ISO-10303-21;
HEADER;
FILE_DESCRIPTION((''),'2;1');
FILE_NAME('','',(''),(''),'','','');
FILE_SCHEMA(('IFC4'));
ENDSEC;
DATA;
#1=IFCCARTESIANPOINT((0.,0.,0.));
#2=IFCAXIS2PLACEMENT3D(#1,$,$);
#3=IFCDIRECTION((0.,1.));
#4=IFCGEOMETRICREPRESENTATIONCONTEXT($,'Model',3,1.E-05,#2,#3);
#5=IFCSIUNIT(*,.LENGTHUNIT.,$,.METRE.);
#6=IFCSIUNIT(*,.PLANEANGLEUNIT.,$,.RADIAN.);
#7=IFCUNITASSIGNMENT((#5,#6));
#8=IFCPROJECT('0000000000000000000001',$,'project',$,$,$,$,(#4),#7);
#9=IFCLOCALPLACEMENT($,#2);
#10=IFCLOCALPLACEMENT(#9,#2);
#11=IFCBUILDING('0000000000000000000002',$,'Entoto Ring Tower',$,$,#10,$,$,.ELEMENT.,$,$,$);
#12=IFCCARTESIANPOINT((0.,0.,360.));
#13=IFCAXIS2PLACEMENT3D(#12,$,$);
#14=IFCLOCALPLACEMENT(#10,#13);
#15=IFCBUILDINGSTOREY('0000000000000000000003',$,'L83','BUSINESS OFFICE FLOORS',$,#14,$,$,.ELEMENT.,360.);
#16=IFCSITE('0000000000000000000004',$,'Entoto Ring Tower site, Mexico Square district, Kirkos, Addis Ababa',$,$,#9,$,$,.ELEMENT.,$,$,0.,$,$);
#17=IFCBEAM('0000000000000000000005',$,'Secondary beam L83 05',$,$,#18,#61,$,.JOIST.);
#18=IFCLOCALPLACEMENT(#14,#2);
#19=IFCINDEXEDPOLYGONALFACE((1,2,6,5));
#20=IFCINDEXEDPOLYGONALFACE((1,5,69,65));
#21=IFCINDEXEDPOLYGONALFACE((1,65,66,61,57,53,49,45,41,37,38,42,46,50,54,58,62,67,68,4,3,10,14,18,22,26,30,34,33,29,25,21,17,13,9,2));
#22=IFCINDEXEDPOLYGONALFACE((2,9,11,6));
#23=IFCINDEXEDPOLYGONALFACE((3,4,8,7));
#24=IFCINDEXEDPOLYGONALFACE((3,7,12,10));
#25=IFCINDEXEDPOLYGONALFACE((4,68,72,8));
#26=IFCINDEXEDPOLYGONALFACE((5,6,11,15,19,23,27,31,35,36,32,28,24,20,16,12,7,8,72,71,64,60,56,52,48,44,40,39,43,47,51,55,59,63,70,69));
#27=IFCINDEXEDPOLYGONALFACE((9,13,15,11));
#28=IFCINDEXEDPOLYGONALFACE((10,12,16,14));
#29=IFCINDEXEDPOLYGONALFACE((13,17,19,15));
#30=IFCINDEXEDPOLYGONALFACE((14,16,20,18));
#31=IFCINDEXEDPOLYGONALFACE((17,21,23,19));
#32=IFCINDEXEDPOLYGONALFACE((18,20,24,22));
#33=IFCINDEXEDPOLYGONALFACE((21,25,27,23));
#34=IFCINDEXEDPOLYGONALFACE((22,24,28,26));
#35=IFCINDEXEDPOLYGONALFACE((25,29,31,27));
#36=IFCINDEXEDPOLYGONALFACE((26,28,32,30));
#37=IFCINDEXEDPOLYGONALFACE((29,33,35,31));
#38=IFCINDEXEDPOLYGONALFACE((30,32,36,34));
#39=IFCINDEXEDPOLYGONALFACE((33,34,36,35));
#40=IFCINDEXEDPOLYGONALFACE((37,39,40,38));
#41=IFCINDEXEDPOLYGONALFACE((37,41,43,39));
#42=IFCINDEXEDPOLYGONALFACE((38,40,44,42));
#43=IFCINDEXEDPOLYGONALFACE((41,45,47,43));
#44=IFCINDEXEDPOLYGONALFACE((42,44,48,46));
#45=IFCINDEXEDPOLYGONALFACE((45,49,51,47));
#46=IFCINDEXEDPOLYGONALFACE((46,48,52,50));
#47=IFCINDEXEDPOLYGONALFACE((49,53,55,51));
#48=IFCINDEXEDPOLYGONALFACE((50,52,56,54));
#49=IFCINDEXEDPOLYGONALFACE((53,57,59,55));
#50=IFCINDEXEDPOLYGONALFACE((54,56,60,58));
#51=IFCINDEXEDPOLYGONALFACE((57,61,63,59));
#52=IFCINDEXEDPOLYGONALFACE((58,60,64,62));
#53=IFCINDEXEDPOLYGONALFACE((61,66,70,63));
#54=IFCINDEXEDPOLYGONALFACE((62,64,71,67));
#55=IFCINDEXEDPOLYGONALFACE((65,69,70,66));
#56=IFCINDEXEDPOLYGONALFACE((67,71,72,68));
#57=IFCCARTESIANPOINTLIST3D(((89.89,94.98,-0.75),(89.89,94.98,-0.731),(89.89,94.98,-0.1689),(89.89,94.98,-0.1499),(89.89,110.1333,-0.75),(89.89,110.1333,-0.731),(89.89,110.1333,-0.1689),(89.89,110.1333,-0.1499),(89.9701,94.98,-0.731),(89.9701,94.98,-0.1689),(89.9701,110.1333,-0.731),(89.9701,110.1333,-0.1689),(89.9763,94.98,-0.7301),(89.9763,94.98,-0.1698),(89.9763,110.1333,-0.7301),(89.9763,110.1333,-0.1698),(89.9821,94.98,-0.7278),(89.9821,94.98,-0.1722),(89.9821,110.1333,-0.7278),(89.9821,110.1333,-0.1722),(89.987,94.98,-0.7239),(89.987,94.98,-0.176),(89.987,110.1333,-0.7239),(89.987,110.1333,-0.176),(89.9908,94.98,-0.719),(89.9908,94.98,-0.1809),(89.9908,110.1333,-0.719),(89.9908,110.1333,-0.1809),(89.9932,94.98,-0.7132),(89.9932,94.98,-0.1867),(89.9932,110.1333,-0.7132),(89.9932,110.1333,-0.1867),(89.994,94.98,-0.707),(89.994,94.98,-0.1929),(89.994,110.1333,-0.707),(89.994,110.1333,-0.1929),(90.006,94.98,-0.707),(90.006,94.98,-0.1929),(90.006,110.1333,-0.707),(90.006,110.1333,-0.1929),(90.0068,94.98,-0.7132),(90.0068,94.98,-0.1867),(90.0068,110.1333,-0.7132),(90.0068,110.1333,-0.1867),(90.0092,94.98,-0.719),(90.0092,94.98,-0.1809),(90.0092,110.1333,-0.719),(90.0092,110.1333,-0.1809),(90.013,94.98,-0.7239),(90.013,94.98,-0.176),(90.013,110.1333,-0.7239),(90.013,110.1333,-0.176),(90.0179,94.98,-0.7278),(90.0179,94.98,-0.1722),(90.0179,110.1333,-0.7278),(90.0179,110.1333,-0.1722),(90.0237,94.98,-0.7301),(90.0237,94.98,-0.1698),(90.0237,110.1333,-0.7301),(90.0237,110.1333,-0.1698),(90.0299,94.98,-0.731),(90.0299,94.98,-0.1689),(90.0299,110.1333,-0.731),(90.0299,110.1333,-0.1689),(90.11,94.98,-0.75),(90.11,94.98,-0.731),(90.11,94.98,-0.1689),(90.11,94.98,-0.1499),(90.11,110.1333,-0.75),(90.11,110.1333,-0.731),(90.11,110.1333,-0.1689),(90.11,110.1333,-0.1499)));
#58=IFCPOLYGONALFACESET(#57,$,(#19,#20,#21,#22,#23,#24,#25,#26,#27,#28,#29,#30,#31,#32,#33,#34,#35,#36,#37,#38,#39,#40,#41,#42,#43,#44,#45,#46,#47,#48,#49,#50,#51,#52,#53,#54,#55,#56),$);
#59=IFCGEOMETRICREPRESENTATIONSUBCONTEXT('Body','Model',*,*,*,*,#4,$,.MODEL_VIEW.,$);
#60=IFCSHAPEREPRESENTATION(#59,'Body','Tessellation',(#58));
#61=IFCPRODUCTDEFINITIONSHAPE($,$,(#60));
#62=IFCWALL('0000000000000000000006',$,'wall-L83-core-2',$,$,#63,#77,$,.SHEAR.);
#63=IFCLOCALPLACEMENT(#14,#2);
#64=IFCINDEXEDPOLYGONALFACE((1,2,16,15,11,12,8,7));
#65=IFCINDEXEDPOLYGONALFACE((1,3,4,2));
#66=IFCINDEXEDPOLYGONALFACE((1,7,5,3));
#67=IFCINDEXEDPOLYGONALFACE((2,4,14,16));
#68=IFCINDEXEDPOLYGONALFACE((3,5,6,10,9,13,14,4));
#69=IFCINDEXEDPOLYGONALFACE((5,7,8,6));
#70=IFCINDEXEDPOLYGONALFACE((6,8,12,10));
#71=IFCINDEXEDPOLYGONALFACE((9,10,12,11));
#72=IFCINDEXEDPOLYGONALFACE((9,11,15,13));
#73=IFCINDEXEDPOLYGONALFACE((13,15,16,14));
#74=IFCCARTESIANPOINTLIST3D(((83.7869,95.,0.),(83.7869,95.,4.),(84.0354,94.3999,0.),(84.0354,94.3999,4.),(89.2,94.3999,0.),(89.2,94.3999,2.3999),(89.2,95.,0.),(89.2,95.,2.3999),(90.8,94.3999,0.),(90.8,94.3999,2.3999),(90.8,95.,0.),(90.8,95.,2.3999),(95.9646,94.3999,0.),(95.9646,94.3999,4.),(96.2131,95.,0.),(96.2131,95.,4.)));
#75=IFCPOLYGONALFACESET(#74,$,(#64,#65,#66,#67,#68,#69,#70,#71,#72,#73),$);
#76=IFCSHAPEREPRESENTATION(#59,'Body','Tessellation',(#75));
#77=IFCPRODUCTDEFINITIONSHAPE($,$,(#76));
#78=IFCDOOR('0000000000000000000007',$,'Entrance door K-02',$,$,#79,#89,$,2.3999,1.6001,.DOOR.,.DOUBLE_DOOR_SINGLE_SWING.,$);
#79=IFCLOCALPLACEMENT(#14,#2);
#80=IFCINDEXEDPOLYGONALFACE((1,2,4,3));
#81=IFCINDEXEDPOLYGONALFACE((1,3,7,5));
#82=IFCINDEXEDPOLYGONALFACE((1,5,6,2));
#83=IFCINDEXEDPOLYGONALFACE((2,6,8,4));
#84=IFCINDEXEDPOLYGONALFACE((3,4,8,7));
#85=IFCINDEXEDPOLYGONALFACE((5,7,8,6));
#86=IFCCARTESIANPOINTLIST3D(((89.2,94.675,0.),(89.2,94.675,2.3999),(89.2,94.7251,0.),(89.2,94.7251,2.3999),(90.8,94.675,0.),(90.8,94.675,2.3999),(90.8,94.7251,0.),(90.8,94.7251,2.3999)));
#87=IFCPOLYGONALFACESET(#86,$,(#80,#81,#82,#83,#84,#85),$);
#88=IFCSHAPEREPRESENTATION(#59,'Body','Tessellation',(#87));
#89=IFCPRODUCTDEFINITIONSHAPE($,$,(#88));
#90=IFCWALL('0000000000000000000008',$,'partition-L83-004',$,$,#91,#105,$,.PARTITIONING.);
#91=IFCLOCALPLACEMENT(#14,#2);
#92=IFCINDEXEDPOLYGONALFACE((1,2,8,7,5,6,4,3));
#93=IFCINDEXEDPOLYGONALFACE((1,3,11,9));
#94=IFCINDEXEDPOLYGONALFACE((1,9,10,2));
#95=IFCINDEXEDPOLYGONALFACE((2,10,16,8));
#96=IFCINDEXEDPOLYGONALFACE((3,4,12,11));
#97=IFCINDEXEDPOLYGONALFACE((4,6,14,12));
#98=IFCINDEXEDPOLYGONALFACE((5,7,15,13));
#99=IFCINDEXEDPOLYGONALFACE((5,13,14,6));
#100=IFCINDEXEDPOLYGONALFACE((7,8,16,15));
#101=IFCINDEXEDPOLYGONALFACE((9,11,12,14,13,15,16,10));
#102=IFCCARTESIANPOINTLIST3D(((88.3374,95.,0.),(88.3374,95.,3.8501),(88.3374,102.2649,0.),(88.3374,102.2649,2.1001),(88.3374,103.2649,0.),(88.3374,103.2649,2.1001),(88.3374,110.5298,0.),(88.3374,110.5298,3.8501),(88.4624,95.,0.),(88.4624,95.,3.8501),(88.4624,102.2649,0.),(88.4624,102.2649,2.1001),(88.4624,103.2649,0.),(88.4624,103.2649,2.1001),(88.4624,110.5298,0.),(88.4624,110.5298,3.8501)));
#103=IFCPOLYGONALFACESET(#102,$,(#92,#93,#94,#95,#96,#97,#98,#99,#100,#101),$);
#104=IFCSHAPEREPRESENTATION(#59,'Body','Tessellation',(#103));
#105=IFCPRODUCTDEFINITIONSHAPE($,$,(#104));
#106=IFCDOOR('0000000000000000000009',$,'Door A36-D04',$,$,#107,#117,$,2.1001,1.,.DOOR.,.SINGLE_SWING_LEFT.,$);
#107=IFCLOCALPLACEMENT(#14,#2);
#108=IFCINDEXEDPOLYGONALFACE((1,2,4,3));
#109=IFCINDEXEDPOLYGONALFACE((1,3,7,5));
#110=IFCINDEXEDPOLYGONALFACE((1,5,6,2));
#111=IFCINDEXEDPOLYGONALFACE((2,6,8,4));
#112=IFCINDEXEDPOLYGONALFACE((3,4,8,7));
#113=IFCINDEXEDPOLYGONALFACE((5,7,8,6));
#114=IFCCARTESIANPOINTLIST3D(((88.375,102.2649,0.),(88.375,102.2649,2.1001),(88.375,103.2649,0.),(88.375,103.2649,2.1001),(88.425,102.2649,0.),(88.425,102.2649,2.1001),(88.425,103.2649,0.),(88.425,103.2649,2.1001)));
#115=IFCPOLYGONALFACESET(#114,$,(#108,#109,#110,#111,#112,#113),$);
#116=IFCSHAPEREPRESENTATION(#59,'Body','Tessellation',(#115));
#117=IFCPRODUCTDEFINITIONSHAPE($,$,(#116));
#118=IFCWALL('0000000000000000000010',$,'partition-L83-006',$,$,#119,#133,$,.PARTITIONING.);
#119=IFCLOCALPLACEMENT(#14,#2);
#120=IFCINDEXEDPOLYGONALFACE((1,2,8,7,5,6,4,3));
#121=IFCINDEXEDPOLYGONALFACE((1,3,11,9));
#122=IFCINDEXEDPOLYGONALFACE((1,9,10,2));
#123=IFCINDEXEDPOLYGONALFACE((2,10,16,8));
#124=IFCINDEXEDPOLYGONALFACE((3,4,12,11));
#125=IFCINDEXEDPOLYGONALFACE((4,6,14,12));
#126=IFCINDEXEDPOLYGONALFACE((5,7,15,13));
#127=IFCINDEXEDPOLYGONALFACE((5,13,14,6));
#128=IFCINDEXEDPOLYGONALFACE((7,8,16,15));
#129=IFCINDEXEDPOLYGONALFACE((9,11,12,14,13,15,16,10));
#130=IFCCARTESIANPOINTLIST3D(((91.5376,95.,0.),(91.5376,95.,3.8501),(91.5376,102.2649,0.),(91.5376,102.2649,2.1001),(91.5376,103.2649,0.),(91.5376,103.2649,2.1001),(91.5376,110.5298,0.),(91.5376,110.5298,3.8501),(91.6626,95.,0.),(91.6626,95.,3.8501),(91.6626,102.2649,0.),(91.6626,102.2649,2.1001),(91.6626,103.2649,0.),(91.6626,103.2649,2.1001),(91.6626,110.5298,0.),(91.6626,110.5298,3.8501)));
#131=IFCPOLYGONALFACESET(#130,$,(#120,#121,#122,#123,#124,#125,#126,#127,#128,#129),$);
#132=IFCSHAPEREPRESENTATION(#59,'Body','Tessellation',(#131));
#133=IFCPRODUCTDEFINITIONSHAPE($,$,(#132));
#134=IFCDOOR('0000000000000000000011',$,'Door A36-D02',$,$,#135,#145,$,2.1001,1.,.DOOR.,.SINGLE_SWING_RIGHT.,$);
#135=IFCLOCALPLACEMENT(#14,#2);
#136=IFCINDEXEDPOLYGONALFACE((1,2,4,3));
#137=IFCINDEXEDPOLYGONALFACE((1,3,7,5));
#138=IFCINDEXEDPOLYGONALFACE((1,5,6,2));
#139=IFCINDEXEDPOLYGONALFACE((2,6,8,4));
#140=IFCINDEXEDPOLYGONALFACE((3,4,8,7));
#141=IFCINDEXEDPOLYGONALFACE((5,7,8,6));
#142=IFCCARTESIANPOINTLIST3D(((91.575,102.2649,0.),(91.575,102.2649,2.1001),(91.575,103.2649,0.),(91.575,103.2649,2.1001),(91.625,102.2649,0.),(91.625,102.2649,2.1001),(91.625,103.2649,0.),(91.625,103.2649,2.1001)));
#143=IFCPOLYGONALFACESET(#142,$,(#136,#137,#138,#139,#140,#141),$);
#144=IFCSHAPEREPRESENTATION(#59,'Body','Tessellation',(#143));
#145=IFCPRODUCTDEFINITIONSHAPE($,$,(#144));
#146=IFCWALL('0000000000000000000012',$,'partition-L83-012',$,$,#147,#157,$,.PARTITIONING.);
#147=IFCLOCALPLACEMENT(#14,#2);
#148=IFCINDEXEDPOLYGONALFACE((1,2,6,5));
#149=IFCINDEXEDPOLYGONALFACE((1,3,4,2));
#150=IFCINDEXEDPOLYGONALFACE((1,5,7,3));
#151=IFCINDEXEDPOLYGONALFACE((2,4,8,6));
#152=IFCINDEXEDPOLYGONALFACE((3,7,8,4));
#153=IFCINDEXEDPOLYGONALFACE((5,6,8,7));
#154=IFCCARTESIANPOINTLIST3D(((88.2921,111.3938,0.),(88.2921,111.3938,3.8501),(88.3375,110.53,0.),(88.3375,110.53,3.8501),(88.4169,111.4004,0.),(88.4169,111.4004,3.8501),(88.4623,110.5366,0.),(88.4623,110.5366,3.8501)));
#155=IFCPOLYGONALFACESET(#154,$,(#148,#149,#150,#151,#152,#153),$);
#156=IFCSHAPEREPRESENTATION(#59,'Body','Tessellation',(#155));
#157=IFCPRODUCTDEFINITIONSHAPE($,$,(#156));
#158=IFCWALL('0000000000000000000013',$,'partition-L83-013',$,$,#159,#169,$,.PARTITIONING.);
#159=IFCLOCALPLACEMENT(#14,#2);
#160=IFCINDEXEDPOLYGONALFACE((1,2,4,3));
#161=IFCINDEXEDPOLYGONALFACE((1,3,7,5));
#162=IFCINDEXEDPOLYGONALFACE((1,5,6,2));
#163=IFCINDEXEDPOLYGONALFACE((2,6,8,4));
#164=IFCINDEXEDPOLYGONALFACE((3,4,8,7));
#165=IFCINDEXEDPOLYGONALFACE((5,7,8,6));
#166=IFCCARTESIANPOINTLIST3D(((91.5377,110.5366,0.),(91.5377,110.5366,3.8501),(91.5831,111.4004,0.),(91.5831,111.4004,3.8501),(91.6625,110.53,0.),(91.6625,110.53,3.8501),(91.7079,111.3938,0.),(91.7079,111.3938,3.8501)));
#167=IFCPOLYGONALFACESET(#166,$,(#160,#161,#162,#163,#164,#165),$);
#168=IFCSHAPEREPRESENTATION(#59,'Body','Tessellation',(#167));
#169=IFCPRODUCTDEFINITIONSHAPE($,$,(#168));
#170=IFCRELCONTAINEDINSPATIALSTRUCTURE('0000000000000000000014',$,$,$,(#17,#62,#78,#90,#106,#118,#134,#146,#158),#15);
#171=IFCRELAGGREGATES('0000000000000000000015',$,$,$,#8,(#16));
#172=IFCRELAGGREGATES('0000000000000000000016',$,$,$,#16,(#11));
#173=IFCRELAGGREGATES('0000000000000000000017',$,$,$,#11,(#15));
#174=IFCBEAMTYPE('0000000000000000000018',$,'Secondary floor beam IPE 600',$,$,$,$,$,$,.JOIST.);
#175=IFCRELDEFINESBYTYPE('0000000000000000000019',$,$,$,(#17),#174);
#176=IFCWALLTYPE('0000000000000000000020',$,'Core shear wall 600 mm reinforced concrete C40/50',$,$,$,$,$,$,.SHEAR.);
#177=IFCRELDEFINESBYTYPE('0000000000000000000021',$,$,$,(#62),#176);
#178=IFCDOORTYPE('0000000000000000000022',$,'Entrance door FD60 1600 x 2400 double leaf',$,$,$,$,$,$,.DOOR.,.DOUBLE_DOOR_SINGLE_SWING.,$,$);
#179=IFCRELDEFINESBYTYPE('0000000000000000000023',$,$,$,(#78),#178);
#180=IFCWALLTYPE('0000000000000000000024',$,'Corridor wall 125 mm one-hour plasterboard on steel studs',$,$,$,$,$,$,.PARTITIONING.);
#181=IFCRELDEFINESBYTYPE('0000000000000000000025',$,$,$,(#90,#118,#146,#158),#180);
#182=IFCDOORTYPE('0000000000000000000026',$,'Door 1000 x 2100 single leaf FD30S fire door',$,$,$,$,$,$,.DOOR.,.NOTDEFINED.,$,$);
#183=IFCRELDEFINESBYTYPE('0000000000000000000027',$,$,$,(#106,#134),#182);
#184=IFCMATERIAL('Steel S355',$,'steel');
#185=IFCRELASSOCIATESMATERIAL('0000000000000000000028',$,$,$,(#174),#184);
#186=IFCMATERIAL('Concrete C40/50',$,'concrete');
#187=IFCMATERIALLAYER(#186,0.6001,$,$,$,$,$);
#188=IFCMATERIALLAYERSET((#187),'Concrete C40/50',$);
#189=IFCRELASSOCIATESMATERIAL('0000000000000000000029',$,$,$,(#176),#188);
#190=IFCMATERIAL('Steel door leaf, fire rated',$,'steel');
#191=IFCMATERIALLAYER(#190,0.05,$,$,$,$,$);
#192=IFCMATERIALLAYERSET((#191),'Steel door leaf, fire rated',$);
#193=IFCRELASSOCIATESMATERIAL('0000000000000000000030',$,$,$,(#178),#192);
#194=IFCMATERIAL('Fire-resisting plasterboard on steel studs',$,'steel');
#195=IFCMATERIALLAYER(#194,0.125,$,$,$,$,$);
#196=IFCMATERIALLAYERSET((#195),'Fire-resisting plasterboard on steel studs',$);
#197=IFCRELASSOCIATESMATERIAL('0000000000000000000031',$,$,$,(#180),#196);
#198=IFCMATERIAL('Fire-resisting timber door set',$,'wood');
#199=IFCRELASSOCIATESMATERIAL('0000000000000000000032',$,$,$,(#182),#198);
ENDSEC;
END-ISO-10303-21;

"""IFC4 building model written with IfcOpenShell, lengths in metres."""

from ifc_helpers import new_model, si_unit, direction, frame, frame_2d, origin, origin_2d, place, context, subcontext, project, spatial, polyline, rectangle, i_section, outline, extrude, material, layer, layer_set, material_profile, profile_set, type_object, element, fill, save


model = new_model("IFC4")

# Units and contexts
model_context = context("Model", 3, precision=1e-05, world=origin(), true_north=direction((0.0, 1.0)))
body_context = subcontext(model_context, "Body", "Model", "MODEL_VIEW")
ifc_project = project(units=[si_unit("LENGTHUNIT", "METRE"), si_unit("PLANEANGLEUNIT", "RADIAN")], contexts=[model_context])

# Site, building, storey
site_placement = place(None, origin())
site = spatial("IfcSite", under=ifc_project, at=site_placement, Name="Entoto Ring Tower site, Mexico Square district, Kirkos, Addis Ababa", CompositionType="ELEMENT", RefElevation=0.0)
building_placement = place(site_placement, origin())
building = spatial("IfcBuilding", under=site, at=building_placement, Name="Entoto Ring Tower", CompositionType="ELEMENT")
storey_placement = place(building_placement, frame((0.0, 0.0, 360.0)))
storey = spatial("IfcBuildingStorey", under=building, at=storey_placement, Name="L83", Description="BUSINESS OFFICE FLOORS", CompositionType="ELEMENT", Elevation=360.0)

# Beam
ifc_material_1 = material(Name="Steel S355", Category="steel")
ifc_material_profile_1 = material_profile(ifc_material_1, i_section(OverallWidth=0.22, OverallDepth=0.6001, WebThickness=0.012, FlangeThickness=0.019, FilletRadius=0.0239, at=origin_2d()), Name="IPE 600")
ifc_profile_set_1 = profile_set([ifc_material_profile_1], Name="Steel S355")
beam_type_1 = type_object("IfcBeamType", Name="Secondary floor beam IPE 600", PredefinedType="JOIST", material=ifc_profile_set_1)
beam_1_placement = place(storey_placement, frame((90.0, 94.98, -0.45), z_axis=(0.0, 1.0, 0.0), x_axis=(-1.0, 0.0, 0.0)))
element("IfcBeam", 1, at=beam_1_placement, inside=storey, type_object=beam_type_1, Name="Secondary beam L83 05", PredefinedType="JOIST", context=body_context, shape_type="SweptSolid", body=[
    extrude(i_section(OverallWidth=0.22, OverallDepth=0.6001, WebThickness=0.012, FlangeThickness=0.019, FilletRadius=0.0239, at=origin_2d()), origin(), (0.0, 0.0, 1.0), 15.1533),
])

# Walls, openings, doors
ifc_material_2 = material(Name="Concrete C40/50", Category="concrete")
ifc_layer_1 = layer(ifc_material_2, 0.6001)
ifc_layer_set_1 = layer_set([ifc_layer_1], Name="Concrete C40/50")
wall_type_1 = type_object("IfcWallType", Name="Core shear wall 600 mm reinforced concrete C40/50", PredefinedType="SHEAR", material=ifc_layer_set_1)
wall_1_placement = place(storey_placement, frame((96.0889, 94.7, 0.0), z_axis=(0.0, 0.0, 1.0), x_axis=(-1.0, 0.0, 0.0)))
wall_1 = element("IfcWall", 2, at=wall_1_placement, inside=storey, type_object=wall_type_1, Name="wall-L83-core-2", PredefinedType="SHEAR", context=body_context, shape_type="SweptSolid", body=[
    extrude(outline(polyline([(-0.1243, -0.3), (12.302, -0.3), (12.0535, 0.3), (0.1243, 0.3), (-0.1243, -0.3)])), origin(), (0.0, 0.0, 1.0), 4.0),
])
opening_1_placement = place(wall_1_placement, frame((5.2888, 0.0, 0.0)))
opening_1 = element("IfcOpeningElement", 3, at=opening_1_placement, cuts=wall_1, PredefinedType="OPENING", context=body_context, shape_type="SweptSolid", body=[
    extrude(rectangle(XDim=1.6001, YDim=2.3999, at=frame_2d((0.8, 1.2))), frame((0.0, 0.3101, 0.0), z_axis=(0.0, -1.0, 0.0), x_axis=(1.0, 0.0, 0.0)), (0.0, 0.0, 1.0), 0.6201),
])
ifc_material_3 = material(Name="Steel door leaf, fire rated", Category="steel")
ifc_layer_2 = layer(ifc_material_3, 0.05)
ifc_layer_set_2 = layer_set([ifc_layer_2], Name="Steel door leaf, fire rated")
door_type_1 = type_object("IfcDoorType", Name="Entrance door FD60 1600 x 2400 double leaf", OperationType="DOUBLE_DOOR_SINGLE_SWING", PredefinedType="DOOR", material=ifc_layer_set_2)
door_1_placement = place(opening_1_placement, origin())
door_1 = element("IfcDoor", 4, at=door_1_placement, inside=storey, type_object=door_type_1, Name="Entrance door K-02", OperationType="DOUBLE_DOOR_SINGLE_SWING", OverallHeight=2.3999, OverallWidth=1.6001, PredefinedType="DOOR", context=body_context, shape_type="SweptSolid", body=[
    extrude(rectangle(XDim=1.6001, YDim=2.3999, at=frame_2d((0.8, 1.2))), frame((0.0, 0.0249, 0.0), z_axis=(0.0, -1.0, 0.0), x_axis=(1.0, 0.0, 0.0)), (0.0, 0.0, 1.0), 0.05),
])
fill(opening_1, door_1)
ifc_material_4 = material(Name="Fire-resisting plasterboard on steel studs", Category="steel")
ifc_layer_3 = layer(ifc_material_4, 0.125)
ifc_layer_set_3 = layer_set([ifc_layer_3], Name="Fire-resisting plasterboard on steel studs")
wall_type_2 = type_object("IfcWallType", Name="Corridor wall 125 mm one-hour plasterboard on steel studs", PredefinedType="PARTITIONING", material=ifc_layer_set_3)
wall_2_placement = place(storey_placement, frame((88.3999, 95.0, 0.0), z_axis=(0.0, 0.0, 1.0), x_axis=(0.0, 1.0, 0.0)))
wall_2 = element("IfcWall", 5, at=wall_2_placement, inside=storey, type_object=wall_type_2, Name="partition-L83-004", PredefinedType="PARTITIONING", context=body_context, shape_type="SweptSolid", body=[
    extrude(rectangle(XDim=15.5298, YDim=0.125, at=frame_2d((7.7649, 0.0))), origin(), (0.0, 0.0, 1.0), 3.8501),
])
opening_2_placement = place(wall_2_placement, frame((7.2649, 0.0, 0.0)))
opening_2 = element("IfcOpeningElement", 6, at=opening_2_placement, cuts=wall_2, PredefinedType="OPENING", context=body_context, shape_type="SweptSolid", body=[
    extrude(rectangle(XDim=1.0, YDim=2.1001, at=frame_2d((0.5, 1.05))), frame((0.0, 0.0725, 0.0), z_axis=(0.0, -1.0, 0.0), x_axis=(1.0, 0.0, 0.0)), (0.0, 0.0, 1.0), 0.145),
])
ifc_material_5 = material(Name="Fire-resisting timber door set", Category="wood")
door_type_2 = type_object("IfcDoorType", Name="Door 1000 x 2100 single leaf FD30S fire door", OperationType="NOTDEFINED", PredefinedType="DOOR", material=ifc_material_5)
door_2_placement = place(opening_2_placement, origin())
door_2 = element("IfcDoor", 7, at=door_2_placement, inside=storey, type_object=door_type_2, Name="Door A36-D04", OperationType="SINGLE_SWING_LEFT", OverallHeight=2.1001, OverallWidth=1.0, PredefinedType="DOOR", context=body_context, shape_type="SweptSolid", body=[
    extrude(rectangle(XDim=1.0, YDim=2.1001, at=frame_2d((0.5, 1.05))), frame((0.0, 0.0249, 0.0), z_axis=(0.0, -1.0, 0.0), x_axis=(1.0, 0.0, 0.0)), (0.0, 0.0, 1.0), 0.05),
])
fill(opening_2, door_2)
wall_3_placement = place(storey_placement, frame((91.6001, 95.0, 0.0), z_axis=(0.0, 0.0, 1.0), x_axis=(0.0, 1.0, 0.0)))
wall_3 = element("IfcWall", 8, at=wall_3_placement, inside=storey, type_object=wall_type_2, Name="partition-L83-006", PredefinedType="PARTITIONING", context=body_context, shape_type="SweptSolid", body=[
    extrude(rectangle(XDim=15.5298, YDim=0.125, at=frame_2d((7.7649, 0.0))), origin(), (0.0, 0.0, 1.0), 3.8501),
])
opening_3_placement = place(wall_3_placement, frame((7.2649, 0.0, 0.0)))
opening_3 = element("IfcOpeningElement", 9, at=opening_3_placement, cuts=wall_3, PredefinedType="OPENING", context=body_context, shape_type="SweptSolid", body=[
    extrude(rectangle(XDim=1.0, YDim=2.1001, at=frame_2d((0.5, 1.05))), frame((0.0, 0.0725, 0.0), z_axis=(0.0, -1.0, 0.0), x_axis=(1.0, 0.0, 0.0)), (0.0, 0.0, 1.0), 0.145),
])
door_3_placement = place(opening_3_placement, frame((1.0, 0.0, 0.0), z_axis=(0.0, 0.0, 1.0), x_axis=(-1.0, 0.0, 0.0)))
door_3 = element("IfcDoor", 10, at=door_3_placement, inside=storey, type_object=door_type_2, Name="Door A36-D02", OperationType="SINGLE_SWING_RIGHT", OverallHeight=2.1001, OverallWidth=1.0, PredefinedType="DOOR", context=body_context, shape_type="SweptSolid", body=[
    extrude(rectangle(XDim=1.0, YDim=2.1001, at=frame_2d((0.5, 1.05))), frame((0.0, 0.0249, 0.0), z_axis=(0.0, -1.0, 0.0), x_axis=(1.0, 0.0, 0.0)), (0.0, 0.0, 1.0), 0.05),
])
fill(opening_3, door_3)

# Walls
for number, where, z_axis, x_axis, name in (
    (11, (88.3999, 110.5332, 0.0), (0.0, 0.0, 1.0), (-0.0525, 0.998621, 0.0), "partition-L83-012"),
    (12, (91.6001, 110.5332, 0.0), (0.0, 0.0, 1.0), (0.0525, 0.998621, 0.0), "partition-L83-013"),
):
    element("IfcWall", number, at=place(storey_placement, frame(where, z_axis=z_axis, x_axis=x_axis)), inside=storey, type_object=wall_type_2, Name=name, PredefinedType="PARTITIONING", context=body_context, shape_type="SweptSolid", body=[
        extrude(rectangle(XDim=0.865, YDim=0.125, at=frame_2d((0.4326, 0.0))), origin(), (0.0, 0.0, 1.0), 3.8501),
    ])

save(model, "model.ifc")
